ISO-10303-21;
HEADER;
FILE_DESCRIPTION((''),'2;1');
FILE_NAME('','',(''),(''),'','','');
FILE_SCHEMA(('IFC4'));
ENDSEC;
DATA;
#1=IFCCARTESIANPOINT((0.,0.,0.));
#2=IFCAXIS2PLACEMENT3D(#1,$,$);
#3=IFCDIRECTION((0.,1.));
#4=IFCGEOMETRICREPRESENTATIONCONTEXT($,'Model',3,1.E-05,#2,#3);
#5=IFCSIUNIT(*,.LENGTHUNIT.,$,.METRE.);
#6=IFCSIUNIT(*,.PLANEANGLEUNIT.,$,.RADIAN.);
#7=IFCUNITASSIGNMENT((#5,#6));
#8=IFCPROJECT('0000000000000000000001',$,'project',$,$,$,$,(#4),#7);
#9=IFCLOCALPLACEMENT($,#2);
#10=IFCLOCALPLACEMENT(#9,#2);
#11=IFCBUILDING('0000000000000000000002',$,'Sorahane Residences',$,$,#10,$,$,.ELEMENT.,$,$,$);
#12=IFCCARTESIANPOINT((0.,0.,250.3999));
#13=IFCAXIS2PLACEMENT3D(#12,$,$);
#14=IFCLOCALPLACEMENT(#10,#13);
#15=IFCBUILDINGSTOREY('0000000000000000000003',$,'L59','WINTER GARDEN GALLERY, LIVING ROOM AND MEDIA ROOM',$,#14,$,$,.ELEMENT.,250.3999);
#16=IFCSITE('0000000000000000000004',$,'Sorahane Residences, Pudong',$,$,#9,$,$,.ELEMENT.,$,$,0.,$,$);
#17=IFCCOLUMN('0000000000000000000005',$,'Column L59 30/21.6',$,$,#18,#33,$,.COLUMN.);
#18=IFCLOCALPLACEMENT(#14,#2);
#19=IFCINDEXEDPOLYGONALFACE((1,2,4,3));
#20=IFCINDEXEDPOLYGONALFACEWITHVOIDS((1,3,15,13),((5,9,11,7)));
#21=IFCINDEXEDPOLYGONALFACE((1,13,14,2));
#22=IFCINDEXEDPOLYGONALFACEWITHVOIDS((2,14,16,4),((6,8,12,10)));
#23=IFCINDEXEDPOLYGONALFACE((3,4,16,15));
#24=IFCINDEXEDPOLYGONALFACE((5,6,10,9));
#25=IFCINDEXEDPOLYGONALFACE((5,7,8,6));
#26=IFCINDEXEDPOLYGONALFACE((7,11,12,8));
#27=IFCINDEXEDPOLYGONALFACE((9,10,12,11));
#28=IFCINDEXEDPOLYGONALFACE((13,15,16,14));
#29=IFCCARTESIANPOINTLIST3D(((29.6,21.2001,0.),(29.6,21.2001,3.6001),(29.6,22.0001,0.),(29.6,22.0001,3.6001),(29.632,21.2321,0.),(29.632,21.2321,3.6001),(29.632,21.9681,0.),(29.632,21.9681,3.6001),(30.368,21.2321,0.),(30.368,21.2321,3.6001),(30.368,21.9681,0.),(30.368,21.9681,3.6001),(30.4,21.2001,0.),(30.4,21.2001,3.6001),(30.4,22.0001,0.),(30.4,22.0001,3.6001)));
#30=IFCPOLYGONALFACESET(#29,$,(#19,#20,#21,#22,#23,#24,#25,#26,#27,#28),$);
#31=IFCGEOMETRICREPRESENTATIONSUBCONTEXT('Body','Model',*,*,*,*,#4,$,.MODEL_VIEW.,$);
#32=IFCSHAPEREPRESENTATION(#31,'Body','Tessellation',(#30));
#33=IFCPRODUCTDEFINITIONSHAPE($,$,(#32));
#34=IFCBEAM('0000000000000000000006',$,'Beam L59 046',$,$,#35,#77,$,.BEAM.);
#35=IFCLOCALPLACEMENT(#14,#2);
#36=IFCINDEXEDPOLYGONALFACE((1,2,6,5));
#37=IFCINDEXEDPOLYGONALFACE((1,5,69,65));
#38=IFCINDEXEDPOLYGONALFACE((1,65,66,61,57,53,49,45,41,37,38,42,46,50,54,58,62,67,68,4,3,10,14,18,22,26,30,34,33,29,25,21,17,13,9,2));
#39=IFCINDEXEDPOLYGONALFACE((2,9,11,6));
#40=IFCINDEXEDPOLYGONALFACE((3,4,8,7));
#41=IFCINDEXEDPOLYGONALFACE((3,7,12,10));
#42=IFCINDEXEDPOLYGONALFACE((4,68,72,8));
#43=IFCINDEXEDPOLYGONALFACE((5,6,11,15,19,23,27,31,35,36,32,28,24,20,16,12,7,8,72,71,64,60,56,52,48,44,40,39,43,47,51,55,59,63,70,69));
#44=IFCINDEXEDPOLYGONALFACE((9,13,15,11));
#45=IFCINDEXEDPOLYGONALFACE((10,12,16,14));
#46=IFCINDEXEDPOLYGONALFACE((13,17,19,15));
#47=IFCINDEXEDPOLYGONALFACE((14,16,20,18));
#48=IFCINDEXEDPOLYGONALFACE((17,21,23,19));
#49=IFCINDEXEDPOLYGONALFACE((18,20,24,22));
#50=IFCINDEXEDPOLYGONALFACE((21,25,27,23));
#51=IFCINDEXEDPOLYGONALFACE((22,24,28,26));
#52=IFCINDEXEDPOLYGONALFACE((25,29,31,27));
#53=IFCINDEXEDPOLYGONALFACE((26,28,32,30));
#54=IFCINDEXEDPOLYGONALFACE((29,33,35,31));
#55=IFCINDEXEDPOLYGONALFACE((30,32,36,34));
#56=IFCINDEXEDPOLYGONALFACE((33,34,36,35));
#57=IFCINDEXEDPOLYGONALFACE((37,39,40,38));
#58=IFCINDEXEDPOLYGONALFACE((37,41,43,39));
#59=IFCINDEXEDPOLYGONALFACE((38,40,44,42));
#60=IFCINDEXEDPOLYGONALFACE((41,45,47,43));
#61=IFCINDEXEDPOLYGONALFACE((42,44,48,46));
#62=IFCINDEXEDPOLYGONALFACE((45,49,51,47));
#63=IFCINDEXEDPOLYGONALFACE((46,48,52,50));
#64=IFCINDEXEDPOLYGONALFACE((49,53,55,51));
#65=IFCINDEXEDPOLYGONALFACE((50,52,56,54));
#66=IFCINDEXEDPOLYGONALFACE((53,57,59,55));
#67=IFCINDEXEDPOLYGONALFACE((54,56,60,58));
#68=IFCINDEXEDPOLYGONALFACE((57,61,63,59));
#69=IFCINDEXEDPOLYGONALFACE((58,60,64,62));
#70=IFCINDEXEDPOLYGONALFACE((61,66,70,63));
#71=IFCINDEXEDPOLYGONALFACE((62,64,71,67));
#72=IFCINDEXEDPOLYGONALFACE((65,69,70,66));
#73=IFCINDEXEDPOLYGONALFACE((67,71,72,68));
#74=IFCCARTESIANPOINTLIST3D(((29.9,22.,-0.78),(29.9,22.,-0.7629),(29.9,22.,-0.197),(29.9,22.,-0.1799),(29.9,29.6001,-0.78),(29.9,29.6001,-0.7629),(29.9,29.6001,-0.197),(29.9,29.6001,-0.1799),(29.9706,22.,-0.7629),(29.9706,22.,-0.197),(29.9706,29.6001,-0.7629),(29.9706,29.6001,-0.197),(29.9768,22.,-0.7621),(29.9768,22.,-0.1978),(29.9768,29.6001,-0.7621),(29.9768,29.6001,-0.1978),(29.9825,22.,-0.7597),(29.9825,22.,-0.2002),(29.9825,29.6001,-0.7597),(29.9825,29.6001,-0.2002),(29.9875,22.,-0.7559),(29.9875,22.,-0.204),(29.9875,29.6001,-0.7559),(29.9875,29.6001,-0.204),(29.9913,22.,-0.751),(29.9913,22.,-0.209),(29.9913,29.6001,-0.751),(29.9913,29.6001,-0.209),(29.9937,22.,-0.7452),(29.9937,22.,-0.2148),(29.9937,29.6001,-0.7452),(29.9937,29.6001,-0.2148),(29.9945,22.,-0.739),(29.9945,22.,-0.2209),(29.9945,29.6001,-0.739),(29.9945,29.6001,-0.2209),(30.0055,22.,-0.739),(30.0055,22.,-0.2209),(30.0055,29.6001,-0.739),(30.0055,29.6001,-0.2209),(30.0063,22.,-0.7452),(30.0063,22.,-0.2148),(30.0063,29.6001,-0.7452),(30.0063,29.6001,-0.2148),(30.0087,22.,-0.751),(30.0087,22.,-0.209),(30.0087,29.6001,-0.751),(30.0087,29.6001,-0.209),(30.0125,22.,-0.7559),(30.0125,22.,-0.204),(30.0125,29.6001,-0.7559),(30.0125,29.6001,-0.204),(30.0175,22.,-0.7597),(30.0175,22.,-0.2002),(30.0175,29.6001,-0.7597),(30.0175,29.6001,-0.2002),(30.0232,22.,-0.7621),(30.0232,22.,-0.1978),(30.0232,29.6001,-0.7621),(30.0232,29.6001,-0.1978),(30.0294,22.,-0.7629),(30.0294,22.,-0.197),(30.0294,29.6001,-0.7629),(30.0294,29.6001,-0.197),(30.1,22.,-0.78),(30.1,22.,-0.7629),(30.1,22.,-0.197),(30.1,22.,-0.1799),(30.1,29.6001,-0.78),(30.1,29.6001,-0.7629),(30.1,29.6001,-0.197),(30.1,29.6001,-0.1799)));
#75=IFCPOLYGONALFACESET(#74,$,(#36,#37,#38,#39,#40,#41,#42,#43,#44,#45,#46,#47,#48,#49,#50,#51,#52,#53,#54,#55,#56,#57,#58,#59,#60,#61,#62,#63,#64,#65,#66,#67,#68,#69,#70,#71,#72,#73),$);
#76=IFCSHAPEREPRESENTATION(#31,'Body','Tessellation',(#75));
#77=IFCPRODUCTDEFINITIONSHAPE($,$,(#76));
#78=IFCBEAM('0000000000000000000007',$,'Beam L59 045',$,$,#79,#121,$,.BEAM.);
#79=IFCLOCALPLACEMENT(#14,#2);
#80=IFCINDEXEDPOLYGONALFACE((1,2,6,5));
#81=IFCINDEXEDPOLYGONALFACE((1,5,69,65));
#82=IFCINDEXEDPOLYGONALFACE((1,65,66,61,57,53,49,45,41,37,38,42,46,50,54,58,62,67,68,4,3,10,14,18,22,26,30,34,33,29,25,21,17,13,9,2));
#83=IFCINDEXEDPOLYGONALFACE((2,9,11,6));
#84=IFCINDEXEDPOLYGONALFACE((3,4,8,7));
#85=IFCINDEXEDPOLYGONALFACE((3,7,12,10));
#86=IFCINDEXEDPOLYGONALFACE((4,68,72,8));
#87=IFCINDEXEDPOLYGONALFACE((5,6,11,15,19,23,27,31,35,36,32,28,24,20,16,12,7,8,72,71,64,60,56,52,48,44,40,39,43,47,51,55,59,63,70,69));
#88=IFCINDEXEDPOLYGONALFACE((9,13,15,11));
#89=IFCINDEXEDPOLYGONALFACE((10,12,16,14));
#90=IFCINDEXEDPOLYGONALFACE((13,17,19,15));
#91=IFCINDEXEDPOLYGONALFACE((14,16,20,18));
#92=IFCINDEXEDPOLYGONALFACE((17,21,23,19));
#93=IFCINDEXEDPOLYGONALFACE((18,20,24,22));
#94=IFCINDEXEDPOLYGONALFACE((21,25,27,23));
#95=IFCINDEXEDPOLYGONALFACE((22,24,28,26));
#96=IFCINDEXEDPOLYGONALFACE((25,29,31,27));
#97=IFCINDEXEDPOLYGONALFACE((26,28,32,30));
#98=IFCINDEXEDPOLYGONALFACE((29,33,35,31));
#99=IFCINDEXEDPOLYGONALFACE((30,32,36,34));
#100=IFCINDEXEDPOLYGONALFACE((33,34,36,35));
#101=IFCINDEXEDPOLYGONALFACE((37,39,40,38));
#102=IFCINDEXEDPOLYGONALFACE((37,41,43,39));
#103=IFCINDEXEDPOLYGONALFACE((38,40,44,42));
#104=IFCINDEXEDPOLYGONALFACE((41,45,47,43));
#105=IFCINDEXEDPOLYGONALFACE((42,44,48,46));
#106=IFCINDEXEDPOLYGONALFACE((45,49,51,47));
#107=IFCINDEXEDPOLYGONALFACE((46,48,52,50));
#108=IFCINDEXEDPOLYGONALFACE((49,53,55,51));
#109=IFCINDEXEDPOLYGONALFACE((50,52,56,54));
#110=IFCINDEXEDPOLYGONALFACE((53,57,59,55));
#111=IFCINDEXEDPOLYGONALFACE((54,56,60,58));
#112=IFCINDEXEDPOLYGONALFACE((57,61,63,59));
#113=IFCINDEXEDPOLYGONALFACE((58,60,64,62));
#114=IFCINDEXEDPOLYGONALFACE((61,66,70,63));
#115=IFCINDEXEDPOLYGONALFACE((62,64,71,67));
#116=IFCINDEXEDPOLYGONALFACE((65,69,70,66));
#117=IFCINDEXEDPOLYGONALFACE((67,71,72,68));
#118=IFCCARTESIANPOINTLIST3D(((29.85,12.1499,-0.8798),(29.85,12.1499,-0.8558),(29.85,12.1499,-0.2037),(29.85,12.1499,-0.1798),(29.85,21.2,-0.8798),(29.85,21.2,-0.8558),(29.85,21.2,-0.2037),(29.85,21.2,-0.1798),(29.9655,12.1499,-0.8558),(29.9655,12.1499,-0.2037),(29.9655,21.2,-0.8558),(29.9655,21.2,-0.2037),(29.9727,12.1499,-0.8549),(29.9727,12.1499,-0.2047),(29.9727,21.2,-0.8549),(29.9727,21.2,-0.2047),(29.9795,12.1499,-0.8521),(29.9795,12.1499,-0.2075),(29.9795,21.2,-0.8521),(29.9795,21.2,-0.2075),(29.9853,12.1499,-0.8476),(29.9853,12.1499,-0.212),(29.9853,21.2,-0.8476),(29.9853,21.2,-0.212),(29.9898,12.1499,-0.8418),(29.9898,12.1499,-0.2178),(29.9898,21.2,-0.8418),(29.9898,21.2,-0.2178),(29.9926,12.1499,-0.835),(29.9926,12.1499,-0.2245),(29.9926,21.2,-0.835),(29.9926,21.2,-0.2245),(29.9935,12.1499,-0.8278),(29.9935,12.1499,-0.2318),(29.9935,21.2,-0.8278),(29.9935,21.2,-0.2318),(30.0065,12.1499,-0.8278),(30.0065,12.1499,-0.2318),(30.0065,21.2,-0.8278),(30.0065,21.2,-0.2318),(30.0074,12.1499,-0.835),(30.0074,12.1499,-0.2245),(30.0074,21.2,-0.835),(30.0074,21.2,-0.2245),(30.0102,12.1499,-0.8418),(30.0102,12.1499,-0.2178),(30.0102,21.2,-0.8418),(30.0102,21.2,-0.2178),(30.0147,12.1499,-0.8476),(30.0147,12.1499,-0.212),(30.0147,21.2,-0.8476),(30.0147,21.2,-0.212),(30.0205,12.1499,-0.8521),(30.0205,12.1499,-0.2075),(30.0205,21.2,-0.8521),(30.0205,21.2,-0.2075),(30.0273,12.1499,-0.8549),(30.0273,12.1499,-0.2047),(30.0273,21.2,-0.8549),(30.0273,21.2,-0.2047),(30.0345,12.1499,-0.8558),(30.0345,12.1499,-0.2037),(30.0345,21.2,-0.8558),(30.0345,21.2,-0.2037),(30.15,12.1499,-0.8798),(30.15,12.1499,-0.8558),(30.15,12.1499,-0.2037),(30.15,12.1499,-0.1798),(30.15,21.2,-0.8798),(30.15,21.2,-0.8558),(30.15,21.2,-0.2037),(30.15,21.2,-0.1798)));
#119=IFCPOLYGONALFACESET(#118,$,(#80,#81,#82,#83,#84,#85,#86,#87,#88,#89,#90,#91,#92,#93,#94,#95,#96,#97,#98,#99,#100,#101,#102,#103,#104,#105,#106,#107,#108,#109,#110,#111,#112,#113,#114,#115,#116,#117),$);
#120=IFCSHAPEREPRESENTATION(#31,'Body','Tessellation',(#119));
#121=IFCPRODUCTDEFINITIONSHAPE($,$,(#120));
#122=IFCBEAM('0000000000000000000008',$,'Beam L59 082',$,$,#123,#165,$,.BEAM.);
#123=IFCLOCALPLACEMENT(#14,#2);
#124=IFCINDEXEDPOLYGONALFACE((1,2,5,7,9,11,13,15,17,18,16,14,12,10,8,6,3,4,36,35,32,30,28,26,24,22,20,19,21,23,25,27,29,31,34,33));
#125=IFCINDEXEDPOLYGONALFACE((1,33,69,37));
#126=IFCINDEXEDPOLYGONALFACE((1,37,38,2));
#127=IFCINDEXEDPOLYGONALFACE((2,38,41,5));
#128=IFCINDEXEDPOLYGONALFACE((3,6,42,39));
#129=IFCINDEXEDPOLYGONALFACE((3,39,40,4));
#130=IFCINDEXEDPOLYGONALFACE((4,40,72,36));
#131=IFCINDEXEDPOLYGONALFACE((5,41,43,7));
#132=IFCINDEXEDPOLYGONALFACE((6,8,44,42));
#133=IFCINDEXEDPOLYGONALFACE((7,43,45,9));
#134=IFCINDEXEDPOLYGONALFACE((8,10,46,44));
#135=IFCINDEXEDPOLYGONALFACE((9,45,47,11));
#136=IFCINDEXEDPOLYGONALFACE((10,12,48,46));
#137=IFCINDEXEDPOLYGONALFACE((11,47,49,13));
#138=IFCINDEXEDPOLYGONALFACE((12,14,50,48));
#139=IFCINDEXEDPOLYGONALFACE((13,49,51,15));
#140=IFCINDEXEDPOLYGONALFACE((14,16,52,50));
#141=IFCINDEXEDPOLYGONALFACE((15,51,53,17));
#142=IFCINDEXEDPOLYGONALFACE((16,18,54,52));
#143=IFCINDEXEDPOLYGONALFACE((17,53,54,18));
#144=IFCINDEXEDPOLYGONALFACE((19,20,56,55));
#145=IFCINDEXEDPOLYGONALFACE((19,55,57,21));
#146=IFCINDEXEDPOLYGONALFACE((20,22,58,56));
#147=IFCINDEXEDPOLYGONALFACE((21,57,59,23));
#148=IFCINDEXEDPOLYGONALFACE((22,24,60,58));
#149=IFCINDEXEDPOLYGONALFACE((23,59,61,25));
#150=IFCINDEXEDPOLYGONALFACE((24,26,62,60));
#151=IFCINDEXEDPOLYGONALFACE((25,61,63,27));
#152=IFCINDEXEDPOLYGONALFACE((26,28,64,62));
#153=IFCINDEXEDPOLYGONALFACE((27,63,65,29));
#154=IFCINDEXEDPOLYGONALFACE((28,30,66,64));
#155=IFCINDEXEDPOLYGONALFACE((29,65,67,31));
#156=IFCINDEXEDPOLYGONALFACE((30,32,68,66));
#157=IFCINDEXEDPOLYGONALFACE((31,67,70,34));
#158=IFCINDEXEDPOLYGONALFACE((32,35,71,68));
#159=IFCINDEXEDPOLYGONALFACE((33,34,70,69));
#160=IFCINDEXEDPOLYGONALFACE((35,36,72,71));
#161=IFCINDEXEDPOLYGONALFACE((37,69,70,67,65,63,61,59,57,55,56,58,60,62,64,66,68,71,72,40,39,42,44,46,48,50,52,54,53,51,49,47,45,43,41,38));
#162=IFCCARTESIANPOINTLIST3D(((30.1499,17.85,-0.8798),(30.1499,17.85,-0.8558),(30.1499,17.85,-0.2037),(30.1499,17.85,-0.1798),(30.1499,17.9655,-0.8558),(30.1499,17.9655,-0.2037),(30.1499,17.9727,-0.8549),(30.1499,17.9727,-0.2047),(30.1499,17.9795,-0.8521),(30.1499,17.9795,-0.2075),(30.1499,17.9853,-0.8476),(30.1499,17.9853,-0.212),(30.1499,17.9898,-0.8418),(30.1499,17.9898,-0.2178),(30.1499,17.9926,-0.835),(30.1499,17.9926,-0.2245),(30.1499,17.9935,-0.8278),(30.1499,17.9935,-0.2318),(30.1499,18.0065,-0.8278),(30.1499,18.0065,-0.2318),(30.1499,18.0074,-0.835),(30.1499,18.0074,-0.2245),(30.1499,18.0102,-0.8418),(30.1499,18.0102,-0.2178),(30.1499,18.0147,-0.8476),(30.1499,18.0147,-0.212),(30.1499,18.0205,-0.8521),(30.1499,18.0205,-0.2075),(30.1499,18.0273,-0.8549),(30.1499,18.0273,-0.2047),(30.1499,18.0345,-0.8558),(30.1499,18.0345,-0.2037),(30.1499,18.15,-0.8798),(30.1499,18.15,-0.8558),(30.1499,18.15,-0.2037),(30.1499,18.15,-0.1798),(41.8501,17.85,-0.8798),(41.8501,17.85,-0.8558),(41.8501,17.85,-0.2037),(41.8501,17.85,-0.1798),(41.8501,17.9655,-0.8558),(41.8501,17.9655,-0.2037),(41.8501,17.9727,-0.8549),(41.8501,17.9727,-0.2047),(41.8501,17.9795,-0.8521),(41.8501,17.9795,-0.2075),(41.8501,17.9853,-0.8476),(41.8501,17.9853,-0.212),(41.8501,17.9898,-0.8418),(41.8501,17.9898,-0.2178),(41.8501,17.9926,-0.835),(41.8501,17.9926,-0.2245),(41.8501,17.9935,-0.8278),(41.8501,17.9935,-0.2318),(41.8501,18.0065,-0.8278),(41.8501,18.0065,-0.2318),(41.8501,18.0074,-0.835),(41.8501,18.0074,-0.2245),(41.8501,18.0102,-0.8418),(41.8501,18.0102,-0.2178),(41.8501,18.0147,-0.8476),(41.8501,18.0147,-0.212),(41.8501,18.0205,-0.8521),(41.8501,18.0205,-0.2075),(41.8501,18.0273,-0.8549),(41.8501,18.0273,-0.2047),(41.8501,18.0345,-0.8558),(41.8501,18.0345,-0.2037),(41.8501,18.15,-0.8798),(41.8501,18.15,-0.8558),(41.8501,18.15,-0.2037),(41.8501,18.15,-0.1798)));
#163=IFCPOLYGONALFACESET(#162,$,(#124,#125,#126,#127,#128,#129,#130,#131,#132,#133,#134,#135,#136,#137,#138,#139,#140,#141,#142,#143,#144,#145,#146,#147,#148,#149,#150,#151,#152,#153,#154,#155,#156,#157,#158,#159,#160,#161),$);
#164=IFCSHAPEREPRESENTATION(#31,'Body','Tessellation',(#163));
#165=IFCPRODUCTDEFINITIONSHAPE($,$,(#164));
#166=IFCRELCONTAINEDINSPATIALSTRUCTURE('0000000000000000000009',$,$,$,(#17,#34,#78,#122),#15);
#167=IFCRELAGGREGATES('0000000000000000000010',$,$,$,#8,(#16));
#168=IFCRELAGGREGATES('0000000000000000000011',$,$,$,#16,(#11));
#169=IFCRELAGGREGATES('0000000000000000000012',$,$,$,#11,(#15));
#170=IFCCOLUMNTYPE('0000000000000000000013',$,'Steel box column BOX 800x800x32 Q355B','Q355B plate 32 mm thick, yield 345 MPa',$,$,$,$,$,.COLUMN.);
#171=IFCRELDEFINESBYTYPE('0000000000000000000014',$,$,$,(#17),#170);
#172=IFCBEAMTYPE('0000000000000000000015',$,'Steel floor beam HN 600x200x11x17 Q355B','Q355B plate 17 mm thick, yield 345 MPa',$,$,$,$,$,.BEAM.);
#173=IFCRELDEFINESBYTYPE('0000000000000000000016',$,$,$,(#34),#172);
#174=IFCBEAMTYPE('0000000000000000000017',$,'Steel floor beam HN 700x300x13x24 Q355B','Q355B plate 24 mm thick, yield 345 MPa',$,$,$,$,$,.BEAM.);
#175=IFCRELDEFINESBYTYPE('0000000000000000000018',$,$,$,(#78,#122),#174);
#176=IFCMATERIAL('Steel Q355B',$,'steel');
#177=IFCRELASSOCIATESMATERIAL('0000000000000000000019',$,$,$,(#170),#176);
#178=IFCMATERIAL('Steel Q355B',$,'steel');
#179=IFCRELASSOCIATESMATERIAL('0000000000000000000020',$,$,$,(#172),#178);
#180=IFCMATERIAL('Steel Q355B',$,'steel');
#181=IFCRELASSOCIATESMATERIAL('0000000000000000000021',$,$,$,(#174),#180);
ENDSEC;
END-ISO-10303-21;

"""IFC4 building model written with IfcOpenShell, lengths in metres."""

from ifc_helpers import new_model, si_unit, direction, frame, origin, origin_2d, place, context, subcontext, project, spatial, hollow_rectangle, i_section, extrude, material, material_profile, profile_set, type_object, element, save


model = new_model("IFC4")

# Units and contexts
model_context = context("Model", 3, precision=1e-05, world=origin(), true_north=direction((0.0, 1.0)))
body_context = subcontext(model_context, "Body", "Model", "MODEL_VIEW")
ifc_project = project(units=[si_unit("LENGTHUNIT", "METRE"), si_unit("PLANEANGLEUNIT", "RADIAN")], contexts=[model_context])

# Site, building, storey
site_placement = place(None, origin())
site = spatial("IfcSite", under=ifc_project, at=site_placement, Name="Sorahane Residences, Pudong", CompositionType="ELEMENT", RefElevation=0.0)
building_placement = place(site_placement, origin())
building = spatial("IfcBuilding", under=site, at=building_placement, Name="Sorahane Residences", CompositionType="ELEMENT")
storey_placement = place(building_placement, frame((0.0, 0.0, 250.3999)))
storey = spatial("IfcBuildingStorey", under=building, at=storey_placement, Name="L59", Description="WINTER GARDEN GALLERY, LIVING ROOM AND MEDIA ROOM", CompositionType="ELEMENT", Elevation=250.3999)

# Column
ifc_material_1 = material(Name="Steel Q355B", Category="steel")
ifc_material_profile_1 = material_profile(ifc_material_1, hollow_rectangle(XDim=0.8, YDim=0.8, WallThickness=0.032, at=origin_2d()), Name="BOX 800x800x32")
ifc_profile_set_1 = profile_set([ifc_material_profile_1], Name="Steel Q355B")
column_type = type_object("IfcColumnType", Name="Steel box column BOX 800x800x32 Q355B", Description="Q355B plate 32 mm thick, yield 345 MPa", PredefinedType="COLUMN", material=ifc_profile_set_1)
column_placement = place(storey_placement, frame((30.0, 21.6001, 0.0), z_axis=(0.0, 0.0, 1.0), x_axis=(1.0, 0.0, 0.0)))
element("IfcColumn", 1, at=column_placement, inside=storey, type_object=column_type, Name="Column L59 30/21.6", PredefinedType="COLUMN", context=body_context, shape_type="SweptSolid", body=[
    extrude(hollow_rectangle(XDim=0.8, YDim=0.8, WallThickness=0.032, at=origin_2d()), origin(), (0.0, 0.0, 1.0), 3.6001),
])

# Beams
ifc_material_2 = material(Name="Steel Q355B", Category="steel")
ifc_material_profile_2 = material_profile(ifc_material_2, i_section(OverallWidth=0.2, OverallDepth=0.6001, WebThickness=0.011, FlangeThickness=0.0171, FilletRadius=0.0239, at=origin_2d()), Name="HN 600x200x11x17")
ifc_profile_set_2 = profile_set([ifc_material_profile_2], Name="Steel Q355B")
beam_type_1 = type_object("IfcBeamType", Name="Steel floor beam HN 600x200x11x17 Q355B", Description="Q355B plate 17 mm thick, yield 345 MPa", PredefinedType="BEAM", material=ifc_profile_set_2)
beam_1_placement = place(storey_placement, frame((30.0, 22.0, -0.48), z_axis=(0.0, 1.0, 0.0), x_axis=(-1.0, 0.0, 0.0)))
element("IfcBeam", 2, at=beam_1_placement, inside=storey, type_object=beam_type_1, Name="Beam L59 046", PredefinedType="BEAM", context=body_context, shape_type="SweptSolid", body=[
    extrude(i_section(OverallWidth=0.2, OverallDepth=0.6001, WebThickness=0.011, FlangeThickness=0.0171, FilletRadius=0.0239, at=origin_2d()), origin(), (0.0, 0.0, 1.0), 7.6001),
])
ifc_material_3 = material(Name="Steel Q355B", Category="steel")
ifc_material_profile_3 = material_profile(ifc_material_3, i_section(OverallWidth=0.3, OverallDepth=0.7, WebThickness=0.0129, FlangeThickness=0.0239, FilletRadius=0.0281, at=origin_2d()), Name="HN 700x300x13x24")
ifc_profile_set_3 = profile_set([ifc_material_profile_3], Name="Steel Q355B")
beam_type_2 = type_object("IfcBeamType", Name="Steel floor beam HN 700x300x13x24 Q355B", Description="Q355B plate 24 mm thick, yield 345 MPa", PredefinedType="BEAM", material=ifc_profile_set_3)
beam_2_placement = place(storey_placement, frame((30.0, 12.1499, -0.5298), z_axis=(0.0, 1.0, 0.0), x_axis=(-1.0, 0.0, 0.0)))
element("IfcBeam", 3, at=beam_2_placement, inside=storey, type_object=beam_type_2, Name="Beam L59 045", PredefinedType="BEAM", context=body_context, shape_type="SweptSolid", body=[
    extrude(i_section(OverallWidth=0.3, OverallDepth=0.7, WebThickness=0.0129, FlangeThickness=0.0239, FilletRadius=0.0281, at=origin_2d()), origin(), (0.0, 0.0, 1.0), 9.05),
])
beam_3_placement = place(storey_placement, frame((30.1499, 18.0, -0.5298), z_axis=(1.0, 0.0, 0.0), x_axis=(0.0, 1.0, 0.0)))
element("IfcBeam", 4, at=beam_3_placement, inside=storey, type_object=beam_type_2, Name="Beam L59 082", PredefinedType="BEAM", context=body_context, shape_type="SweptSolid", body=[
    extrude(i_section(OverallWidth=0.3, OverallDepth=0.7, WebThickness=0.0129, FlangeThickness=0.0239, FilletRadius=0.0281, at=origin_2d()), origin(), (0.0, 0.0, 1.0), 11.7002),
])

save(model, "model.ifc")
